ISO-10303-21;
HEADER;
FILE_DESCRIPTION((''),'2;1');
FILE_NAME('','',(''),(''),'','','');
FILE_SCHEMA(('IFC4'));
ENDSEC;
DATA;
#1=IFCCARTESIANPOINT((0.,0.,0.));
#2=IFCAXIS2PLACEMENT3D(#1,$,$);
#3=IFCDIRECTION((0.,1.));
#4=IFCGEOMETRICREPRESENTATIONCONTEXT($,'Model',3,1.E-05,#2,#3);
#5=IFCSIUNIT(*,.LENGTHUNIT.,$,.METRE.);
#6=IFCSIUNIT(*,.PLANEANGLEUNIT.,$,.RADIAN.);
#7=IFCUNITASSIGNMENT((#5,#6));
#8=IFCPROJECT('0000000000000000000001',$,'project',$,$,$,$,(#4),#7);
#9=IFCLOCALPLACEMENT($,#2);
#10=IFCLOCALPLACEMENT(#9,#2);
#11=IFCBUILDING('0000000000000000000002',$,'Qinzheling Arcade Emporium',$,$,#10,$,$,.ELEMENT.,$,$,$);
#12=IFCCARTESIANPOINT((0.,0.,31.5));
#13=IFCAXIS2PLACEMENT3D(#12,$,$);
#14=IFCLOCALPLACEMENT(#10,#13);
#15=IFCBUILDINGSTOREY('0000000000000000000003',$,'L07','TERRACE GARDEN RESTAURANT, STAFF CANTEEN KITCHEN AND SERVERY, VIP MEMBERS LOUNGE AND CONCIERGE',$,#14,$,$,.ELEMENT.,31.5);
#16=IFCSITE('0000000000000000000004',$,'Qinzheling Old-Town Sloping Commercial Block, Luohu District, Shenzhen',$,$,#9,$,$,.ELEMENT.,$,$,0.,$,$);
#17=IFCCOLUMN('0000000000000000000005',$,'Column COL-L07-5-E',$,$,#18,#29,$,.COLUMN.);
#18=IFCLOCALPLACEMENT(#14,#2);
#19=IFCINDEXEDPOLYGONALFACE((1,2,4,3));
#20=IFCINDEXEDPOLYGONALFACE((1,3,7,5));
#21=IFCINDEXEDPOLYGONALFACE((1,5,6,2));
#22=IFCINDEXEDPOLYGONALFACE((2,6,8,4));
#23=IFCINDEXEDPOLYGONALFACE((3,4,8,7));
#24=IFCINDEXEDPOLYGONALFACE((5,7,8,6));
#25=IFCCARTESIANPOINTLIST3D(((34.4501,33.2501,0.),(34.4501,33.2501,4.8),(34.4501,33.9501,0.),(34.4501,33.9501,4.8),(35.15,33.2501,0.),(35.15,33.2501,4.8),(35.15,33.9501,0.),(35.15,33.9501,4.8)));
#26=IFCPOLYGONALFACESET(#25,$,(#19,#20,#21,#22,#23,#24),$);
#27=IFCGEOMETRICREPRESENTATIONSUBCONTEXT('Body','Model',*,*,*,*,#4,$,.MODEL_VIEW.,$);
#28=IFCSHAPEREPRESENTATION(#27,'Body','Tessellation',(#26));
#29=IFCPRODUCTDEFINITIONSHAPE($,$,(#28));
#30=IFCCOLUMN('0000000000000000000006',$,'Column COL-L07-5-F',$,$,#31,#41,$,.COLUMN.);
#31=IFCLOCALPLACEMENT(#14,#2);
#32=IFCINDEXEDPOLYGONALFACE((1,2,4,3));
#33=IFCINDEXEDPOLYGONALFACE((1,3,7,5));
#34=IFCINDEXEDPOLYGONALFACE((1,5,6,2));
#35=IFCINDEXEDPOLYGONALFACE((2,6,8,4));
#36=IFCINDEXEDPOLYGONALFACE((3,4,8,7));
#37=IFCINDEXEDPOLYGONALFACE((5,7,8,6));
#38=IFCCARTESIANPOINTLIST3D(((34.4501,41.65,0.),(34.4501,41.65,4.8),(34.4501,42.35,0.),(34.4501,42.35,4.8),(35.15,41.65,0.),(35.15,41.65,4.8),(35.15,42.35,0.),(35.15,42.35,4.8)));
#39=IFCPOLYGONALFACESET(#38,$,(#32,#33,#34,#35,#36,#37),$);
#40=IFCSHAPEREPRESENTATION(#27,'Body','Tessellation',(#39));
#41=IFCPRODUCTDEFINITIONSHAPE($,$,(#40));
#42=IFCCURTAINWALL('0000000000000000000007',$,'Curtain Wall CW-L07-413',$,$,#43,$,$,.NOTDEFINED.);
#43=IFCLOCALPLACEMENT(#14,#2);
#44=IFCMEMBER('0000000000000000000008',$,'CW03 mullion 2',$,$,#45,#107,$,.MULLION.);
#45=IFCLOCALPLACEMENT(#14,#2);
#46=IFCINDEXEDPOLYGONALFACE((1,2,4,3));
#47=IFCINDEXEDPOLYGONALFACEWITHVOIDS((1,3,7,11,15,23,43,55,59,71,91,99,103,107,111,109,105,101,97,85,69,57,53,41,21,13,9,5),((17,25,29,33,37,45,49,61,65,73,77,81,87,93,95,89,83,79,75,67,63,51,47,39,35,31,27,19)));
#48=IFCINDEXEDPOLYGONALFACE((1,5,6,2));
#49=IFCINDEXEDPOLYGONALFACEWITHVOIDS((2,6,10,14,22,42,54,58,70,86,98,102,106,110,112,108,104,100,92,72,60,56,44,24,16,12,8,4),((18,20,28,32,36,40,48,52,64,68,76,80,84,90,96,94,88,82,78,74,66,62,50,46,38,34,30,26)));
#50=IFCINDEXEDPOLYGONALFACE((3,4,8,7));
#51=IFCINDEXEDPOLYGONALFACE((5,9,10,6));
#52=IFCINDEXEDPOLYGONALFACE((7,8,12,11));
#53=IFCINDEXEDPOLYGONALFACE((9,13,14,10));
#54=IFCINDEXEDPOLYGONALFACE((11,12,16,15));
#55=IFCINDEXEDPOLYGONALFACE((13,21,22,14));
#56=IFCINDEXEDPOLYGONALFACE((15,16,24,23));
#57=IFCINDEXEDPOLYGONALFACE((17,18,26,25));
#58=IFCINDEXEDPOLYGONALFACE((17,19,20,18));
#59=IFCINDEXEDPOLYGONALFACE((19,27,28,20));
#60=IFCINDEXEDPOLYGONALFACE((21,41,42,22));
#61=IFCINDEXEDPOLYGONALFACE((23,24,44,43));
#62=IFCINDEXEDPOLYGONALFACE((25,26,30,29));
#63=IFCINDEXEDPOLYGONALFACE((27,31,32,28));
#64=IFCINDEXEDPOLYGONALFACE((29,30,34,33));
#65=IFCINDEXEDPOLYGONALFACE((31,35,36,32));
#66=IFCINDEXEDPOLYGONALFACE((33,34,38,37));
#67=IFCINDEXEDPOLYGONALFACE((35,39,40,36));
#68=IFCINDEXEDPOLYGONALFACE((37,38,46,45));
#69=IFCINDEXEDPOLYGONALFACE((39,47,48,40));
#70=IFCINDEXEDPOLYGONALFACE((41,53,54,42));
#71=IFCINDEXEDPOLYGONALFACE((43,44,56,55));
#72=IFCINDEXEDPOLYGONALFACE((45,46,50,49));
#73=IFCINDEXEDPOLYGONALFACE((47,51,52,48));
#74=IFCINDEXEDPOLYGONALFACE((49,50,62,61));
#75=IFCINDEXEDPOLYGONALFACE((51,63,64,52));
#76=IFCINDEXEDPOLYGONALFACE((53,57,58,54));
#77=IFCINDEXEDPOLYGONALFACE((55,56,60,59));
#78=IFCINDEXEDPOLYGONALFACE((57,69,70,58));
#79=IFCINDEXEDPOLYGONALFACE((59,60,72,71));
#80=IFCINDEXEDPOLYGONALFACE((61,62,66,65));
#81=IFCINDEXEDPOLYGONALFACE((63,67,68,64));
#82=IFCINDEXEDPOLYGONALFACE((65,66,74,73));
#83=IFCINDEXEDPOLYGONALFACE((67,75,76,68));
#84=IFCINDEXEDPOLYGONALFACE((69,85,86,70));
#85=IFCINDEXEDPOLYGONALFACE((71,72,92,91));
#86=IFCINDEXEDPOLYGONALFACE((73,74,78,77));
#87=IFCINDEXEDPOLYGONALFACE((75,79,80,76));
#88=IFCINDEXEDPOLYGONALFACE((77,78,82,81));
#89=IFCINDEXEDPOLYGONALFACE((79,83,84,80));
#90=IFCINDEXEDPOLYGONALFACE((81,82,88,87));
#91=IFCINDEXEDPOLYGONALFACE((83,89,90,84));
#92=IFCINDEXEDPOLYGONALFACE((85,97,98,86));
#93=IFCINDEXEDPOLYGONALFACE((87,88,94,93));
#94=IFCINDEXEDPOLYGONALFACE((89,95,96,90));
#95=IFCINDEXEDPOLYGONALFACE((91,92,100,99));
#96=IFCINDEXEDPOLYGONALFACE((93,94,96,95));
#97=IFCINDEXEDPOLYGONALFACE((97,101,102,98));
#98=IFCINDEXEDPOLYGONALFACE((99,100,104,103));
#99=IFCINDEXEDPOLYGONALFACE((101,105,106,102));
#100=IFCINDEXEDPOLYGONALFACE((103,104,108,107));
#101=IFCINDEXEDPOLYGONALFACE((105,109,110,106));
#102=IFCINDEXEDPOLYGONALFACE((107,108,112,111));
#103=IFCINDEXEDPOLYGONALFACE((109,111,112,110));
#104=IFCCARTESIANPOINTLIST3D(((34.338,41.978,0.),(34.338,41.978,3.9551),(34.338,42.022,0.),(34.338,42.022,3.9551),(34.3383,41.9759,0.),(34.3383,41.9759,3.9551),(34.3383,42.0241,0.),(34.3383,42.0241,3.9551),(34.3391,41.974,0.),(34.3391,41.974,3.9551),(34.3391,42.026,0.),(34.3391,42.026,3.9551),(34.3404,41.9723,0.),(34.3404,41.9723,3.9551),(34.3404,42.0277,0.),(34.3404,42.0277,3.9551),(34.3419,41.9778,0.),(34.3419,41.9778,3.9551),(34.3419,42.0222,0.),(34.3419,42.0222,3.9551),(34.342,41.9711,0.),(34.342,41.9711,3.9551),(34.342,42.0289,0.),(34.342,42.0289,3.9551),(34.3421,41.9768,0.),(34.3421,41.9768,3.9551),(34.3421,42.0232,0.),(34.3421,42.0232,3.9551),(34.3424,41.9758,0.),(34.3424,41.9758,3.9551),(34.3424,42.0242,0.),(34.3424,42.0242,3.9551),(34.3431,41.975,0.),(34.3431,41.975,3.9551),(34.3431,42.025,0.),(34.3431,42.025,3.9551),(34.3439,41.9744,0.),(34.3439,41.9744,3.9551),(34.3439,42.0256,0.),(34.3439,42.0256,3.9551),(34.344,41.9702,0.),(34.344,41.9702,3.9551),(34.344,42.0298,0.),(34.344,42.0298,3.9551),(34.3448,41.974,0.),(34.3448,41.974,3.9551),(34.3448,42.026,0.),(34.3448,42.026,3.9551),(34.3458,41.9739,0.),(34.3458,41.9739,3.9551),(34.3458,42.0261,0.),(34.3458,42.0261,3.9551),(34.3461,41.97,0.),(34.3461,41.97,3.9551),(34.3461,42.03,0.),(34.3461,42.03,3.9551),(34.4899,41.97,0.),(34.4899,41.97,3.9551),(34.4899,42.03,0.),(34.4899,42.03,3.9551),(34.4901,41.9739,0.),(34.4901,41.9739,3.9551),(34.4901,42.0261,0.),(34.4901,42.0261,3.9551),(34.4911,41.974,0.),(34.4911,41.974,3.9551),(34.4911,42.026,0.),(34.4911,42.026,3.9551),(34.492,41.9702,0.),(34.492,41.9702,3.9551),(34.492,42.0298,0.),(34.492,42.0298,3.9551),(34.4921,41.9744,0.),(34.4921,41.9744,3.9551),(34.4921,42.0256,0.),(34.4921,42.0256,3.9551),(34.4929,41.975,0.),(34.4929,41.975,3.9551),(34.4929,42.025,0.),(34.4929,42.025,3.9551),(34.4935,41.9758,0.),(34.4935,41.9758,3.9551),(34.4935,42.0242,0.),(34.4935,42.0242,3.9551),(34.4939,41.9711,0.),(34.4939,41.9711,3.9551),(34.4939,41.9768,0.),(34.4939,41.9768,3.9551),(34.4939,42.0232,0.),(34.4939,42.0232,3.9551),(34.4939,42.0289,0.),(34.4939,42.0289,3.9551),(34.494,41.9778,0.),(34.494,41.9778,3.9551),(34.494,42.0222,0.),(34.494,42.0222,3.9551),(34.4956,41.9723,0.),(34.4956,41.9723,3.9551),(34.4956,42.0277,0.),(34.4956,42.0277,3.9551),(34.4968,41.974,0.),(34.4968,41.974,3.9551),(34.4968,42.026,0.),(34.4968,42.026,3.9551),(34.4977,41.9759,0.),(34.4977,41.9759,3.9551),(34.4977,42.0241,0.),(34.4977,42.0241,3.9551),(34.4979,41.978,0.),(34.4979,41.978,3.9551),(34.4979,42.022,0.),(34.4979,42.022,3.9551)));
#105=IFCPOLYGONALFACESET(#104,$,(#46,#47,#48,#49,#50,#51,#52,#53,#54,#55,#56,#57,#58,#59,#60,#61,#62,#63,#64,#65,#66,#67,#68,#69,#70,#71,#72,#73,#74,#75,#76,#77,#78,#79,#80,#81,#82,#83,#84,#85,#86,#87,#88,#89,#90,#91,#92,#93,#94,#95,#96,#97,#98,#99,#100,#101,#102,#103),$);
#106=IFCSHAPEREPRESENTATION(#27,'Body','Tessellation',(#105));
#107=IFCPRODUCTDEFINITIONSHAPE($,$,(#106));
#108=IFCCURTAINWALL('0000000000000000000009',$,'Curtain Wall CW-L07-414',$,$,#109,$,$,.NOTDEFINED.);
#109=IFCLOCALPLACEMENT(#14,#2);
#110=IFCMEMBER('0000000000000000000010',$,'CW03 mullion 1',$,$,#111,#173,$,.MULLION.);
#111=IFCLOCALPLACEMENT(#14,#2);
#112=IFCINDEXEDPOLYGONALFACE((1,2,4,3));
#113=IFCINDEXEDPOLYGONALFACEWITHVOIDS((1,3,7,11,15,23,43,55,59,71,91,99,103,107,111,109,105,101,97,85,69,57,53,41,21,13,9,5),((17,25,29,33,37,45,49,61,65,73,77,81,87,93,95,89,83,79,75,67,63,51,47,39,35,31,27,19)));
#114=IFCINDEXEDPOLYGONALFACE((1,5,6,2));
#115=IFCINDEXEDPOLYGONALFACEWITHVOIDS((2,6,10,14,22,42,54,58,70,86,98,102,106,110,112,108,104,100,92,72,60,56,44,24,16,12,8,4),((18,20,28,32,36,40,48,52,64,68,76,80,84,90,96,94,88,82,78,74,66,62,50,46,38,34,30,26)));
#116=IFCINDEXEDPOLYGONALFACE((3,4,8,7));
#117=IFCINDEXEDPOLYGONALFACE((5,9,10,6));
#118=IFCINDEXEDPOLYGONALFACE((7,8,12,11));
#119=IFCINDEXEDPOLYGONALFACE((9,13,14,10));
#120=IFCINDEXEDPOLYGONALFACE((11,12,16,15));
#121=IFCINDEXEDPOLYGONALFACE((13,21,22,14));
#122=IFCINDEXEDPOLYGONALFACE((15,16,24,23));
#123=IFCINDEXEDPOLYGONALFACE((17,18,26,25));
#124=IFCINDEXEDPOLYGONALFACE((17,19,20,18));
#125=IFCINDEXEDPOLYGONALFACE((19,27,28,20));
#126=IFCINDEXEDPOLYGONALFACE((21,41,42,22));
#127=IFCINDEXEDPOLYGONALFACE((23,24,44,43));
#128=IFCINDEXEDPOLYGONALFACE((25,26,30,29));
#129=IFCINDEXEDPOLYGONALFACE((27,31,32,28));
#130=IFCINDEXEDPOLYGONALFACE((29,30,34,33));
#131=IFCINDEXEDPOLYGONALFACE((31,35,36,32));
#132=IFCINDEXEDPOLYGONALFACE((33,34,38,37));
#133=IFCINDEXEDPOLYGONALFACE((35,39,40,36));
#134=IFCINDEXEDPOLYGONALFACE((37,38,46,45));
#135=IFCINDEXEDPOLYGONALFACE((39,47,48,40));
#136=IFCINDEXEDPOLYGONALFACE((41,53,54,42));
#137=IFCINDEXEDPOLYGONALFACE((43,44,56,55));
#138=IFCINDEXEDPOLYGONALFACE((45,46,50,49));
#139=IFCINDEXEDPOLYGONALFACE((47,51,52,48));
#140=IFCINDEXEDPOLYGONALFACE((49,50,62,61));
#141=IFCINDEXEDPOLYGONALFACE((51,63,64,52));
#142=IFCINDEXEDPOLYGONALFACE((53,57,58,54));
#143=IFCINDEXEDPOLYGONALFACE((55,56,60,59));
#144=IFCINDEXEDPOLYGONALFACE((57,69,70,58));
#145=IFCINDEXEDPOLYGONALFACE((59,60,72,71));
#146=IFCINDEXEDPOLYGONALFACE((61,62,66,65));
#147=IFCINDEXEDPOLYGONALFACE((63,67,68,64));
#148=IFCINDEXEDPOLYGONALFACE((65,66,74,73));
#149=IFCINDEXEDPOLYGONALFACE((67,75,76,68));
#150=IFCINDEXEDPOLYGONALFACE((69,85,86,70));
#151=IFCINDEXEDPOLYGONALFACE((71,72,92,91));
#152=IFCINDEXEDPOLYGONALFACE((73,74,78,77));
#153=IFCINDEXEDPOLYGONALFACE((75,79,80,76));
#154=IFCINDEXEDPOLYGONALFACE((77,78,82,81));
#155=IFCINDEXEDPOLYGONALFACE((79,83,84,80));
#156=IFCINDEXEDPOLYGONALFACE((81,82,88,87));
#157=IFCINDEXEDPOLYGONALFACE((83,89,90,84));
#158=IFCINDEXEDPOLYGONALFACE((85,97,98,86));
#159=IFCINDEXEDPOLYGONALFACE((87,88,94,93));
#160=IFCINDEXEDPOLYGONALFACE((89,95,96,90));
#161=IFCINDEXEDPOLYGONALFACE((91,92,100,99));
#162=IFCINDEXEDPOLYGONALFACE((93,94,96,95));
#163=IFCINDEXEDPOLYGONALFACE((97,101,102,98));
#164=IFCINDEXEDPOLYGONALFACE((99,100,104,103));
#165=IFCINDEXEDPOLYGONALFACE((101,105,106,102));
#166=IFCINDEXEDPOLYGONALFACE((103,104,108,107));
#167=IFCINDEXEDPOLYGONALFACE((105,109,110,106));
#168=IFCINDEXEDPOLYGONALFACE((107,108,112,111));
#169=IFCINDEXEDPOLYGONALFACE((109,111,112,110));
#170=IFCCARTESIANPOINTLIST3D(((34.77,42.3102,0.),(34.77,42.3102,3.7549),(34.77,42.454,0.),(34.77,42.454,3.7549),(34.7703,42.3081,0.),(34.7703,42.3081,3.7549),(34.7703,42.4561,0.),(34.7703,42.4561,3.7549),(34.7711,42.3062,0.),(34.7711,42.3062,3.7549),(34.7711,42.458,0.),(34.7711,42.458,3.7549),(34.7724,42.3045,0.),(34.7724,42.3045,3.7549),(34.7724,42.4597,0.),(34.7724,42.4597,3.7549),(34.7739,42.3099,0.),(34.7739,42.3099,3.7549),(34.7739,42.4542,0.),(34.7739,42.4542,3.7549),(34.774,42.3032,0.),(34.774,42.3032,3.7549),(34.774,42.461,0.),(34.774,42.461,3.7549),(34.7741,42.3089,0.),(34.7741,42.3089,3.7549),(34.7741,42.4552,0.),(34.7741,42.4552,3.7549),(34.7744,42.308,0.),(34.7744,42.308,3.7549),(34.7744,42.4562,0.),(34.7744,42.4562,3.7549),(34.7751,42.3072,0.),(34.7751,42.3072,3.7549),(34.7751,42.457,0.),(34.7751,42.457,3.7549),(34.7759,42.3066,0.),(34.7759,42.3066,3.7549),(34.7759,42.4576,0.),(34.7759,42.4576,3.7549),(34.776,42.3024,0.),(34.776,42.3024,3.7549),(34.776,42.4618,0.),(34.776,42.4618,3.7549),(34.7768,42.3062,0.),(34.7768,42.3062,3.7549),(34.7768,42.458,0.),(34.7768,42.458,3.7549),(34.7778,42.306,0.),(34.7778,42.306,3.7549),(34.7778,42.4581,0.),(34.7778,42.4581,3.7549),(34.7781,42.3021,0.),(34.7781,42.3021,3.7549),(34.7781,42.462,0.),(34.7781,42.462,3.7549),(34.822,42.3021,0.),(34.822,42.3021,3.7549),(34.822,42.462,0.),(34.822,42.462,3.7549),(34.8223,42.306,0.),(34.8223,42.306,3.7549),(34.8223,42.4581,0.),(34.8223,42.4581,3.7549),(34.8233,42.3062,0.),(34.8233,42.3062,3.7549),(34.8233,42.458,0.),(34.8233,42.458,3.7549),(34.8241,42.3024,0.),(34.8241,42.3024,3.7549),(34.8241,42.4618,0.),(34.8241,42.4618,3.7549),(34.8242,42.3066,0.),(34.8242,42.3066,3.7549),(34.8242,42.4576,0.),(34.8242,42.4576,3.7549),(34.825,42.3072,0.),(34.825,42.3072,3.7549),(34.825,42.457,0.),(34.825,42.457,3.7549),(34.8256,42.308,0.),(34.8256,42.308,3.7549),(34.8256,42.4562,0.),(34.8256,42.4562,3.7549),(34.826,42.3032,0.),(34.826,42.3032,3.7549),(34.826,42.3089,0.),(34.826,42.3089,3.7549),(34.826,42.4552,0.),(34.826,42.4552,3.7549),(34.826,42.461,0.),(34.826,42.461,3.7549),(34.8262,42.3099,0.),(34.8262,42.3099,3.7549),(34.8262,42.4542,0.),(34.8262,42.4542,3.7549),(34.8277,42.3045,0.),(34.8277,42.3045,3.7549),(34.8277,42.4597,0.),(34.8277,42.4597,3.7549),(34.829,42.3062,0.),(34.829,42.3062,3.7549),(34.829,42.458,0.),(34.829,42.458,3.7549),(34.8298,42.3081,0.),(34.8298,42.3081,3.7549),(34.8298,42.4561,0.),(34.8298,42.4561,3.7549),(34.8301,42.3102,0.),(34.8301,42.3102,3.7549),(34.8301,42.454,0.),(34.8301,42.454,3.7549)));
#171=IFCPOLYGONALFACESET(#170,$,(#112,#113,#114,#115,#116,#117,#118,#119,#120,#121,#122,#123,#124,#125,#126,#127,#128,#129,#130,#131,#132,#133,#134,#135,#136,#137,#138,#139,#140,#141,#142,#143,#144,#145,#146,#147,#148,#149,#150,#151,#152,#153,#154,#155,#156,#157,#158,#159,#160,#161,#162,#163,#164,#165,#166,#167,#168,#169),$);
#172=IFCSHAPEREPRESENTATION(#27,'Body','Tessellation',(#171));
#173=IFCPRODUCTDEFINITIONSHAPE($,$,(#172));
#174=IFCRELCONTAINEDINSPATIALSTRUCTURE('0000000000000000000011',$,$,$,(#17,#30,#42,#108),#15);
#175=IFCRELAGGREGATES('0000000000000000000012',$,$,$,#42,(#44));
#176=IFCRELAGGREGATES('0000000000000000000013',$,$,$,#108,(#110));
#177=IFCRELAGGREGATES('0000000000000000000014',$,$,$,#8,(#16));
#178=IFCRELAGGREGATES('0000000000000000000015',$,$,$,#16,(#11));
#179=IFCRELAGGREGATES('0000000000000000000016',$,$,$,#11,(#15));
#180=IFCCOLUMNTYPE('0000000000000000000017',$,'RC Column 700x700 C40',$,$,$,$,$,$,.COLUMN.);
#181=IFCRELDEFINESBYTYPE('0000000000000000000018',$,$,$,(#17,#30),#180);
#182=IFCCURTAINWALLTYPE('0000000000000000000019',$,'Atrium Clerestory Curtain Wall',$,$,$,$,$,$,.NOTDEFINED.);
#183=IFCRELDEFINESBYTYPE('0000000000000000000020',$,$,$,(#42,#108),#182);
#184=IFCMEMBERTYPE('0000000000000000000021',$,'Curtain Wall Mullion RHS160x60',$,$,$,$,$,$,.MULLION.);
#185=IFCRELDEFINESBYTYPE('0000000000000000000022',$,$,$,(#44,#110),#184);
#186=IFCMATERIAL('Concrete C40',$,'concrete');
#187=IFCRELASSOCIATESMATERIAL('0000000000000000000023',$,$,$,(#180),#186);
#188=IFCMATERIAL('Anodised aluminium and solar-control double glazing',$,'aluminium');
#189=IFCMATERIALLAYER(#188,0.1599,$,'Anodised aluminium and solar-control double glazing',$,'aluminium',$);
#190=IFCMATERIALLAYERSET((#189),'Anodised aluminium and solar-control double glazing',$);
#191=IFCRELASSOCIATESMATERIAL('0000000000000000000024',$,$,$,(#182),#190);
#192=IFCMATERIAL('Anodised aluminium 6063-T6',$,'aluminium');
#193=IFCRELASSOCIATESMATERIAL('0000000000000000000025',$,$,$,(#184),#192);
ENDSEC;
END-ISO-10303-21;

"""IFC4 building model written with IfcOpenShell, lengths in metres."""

from ifc_helpers import new_model, si_unit, direction, frame, origin, origin_2d, place, context, subcontext, project, spatial, rectangle, hollow_rectangle, extrude, material, layer, layer_set, material_profile, profile_set, type_object, element, aggregate, save


model = new_model("IFC4")

# Units and contexts
model_context = context("Model", 3, precision=1e-05, world=origin(), true_north=direction((0.0, 1.0)))
body_context = subcontext(model_context, "Body", "Model", "MODEL_VIEW")
ifc_project = project(units=[si_unit("LENGTHUNIT", "METRE"), si_unit("PLANEANGLEUNIT", "RADIAN")], contexts=[model_context])

# Site, building, storey
site_placement = place(None, origin())
site = spatial("IfcSite", under=ifc_project, at=site_placement, Name="Qinzheling Old-Town Sloping Commercial Block, Luohu District, Shenzhen", CompositionType="ELEMENT", RefElevation=0.0)
building_placement = place(site_placement, origin())
building = spatial("IfcBuilding", under=site, at=building_placement, Name="Qinzheling Arcade Emporium", CompositionType="ELEMENT")
storey_placement = place(building_placement, frame((0.0, 0.0, 31.5)))
storey = spatial("IfcBuildingStorey", under=building, at=storey_placement, Name="L07", Description="TERRACE GARDEN RESTAURANT, STAFF CANTEEN KITCHEN AND SERVERY, VIP MEMBERS LOUNGE AND CONCIERGE", CompositionType="ELEMENT", Elevation=31.5)

# Columns
ifc_material_1 = material(Name="Concrete C40", Category="concrete")
ifc_material_profile_1 = material_profile(ifc_material_1, rectangle(XDim=0.7, YDim=0.7, at=origin_2d()), Name="RC 700x700", Category="concrete")
ifc_profile_set_1 = profile_set([ifc_material_profile_1], Name="Concrete C40")
column_type = type_object("IfcColumnType", Name="RC Column 700x700 C40", PredefinedType="COLUMN", material=ifc_profile_set_1)
for number, where, z_axis, x_axis, name in (
    (1, (34.8, 33.6001, 0.0), (0.0, 0.0, 1.0), (1.0, 0.0, 0.0), "Column COL-L07-5-E"),
    (2, (34.8, 42.0, 0.0), (0.0, 0.0, 1.0), (1.0, 0.0, 0.0), "Column COL-L07-5-F"),
):
    element("IfcColumn", number, at=place(storey_placement, frame(where, z_axis=z_axis, x_axis=x_axis)), inside=storey, type_object=column_type, Name=name, PredefinedType="COLUMN", context=body_context, shape_type="SweptSolid", body=[
        extrude(rectangle(XDim=0.7, YDim=0.7, at=origin_2d()), origin(), (0.0, 0.0, 1.0), 4.8),
    ])

# Curtain wall, member
ifc_material_2 = material(Name="Anodised aluminium and solar-control double glazing", Category="aluminium")
ifc_layer_1 = layer(ifc_material_2, 0.1599, Name="Anodised aluminium and solar-control double glazing", Category="aluminium")
ifc_layer_set_1 = layer_set([ifc_layer_1], Name="Anodised aluminium and solar-control double glazing")
curtain_wall_type = type_object("IfcCurtainWallType", Name="Atrium Clerestory Curtain Wall", PredefinedType="NOTDEFINED", material=ifc_layer_set_1)
curtain_wall_1_placement = place(storey_placement, origin())
curtain_wall_1 = element("IfcCurtainWall", 3, at=curtain_wall_1_placement, inside=storey, type_object=curtain_wall_type, Name="Curtain Wall CW-L07-413", PredefinedType="NOTDEFINED")
ifc_material_3 = material(Name="Anodised aluminium 6063-T6", Category="aluminium")
ifc_material_profile_2 = material_profile(ifc_material_3, hollow_rectangle(XDim=0.0601, YDim=0.1599, WallThickness=0.0039, InnerFilletRadius=0.0039, OuterFilletRadius=0.0081, at=origin_2d()), Name="RHS 160x60x4", Category="aluminium")
ifc_profile_set_2 = profile_set([ifc_material_profile_2], Name="Anodised aluminium 6063-T6")
member_type_1 = type_object("IfcMemberType", Name="Curtain Wall Mullion RHS160x60", PredefinedType="MULLION", material=ifc_profile_set_2)
member_1_placement = place(storey_placement, frame((34.418, 42.0, 0.0), z_axis=(0.0, 0.0, 1.0), x_axis=(0.0, 1.0, 0.0)))
member_1 = element("IfcMember", 4, at=member_1_placement, type_object=member_type_1, Name="CW03 mullion 2", PredefinedType="MULLION", context=body_context, shape_type="SweptSolid", body=[
    extrude(hollow_rectangle(XDim=0.0601, YDim=0.1599, WallThickness=0.0039, InnerFilletRadius=0.0039, OuterFilletRadius=0.0081, at=origin_2d()), origin(), (0.0, 0.0, 1.0), 3.9551),
])
aggregate(curtain_wall_1, [member_1])

# Curtain wall, member
curtain_wall_2_placement = place(storey_placement, origin())
curtain_wall_2 = element("IfcCurtainWall", 5, at=curtain_wall_2_placement, inside=storey, type_object=curtain_wall_type, Name="Curtain Wall CW-L07-414", PredefinedType="NOTDEFINED")
member_2_placement = place(storey_placement, frame((34.8, 42.3821, 0.0), z_axis=(0.0, 0.0, 1.0), x_axis=(-1.0, 0.0, 0.0)))
member_2 = element("IfcMember", 6, at=member_2_placement, type_object=member_type_1, Name="CW03 mullion 1", PredefinedType="MULLION", context=body_context, shape_type="SweptSolid", body=[
    extrude(hollow_rectangle(XDim=0.0601, YDim=0.1599, WallThickness=0.0039, InnerFilletRadius=0.0039, OuterFilletRadius=0.0081, at=origin_2d()), origin(), (0.0, 0.0, 1.0), 3.7549),
])

aggregate(curtain_wall_2, [member_2])

save(model, "model.ifc")
